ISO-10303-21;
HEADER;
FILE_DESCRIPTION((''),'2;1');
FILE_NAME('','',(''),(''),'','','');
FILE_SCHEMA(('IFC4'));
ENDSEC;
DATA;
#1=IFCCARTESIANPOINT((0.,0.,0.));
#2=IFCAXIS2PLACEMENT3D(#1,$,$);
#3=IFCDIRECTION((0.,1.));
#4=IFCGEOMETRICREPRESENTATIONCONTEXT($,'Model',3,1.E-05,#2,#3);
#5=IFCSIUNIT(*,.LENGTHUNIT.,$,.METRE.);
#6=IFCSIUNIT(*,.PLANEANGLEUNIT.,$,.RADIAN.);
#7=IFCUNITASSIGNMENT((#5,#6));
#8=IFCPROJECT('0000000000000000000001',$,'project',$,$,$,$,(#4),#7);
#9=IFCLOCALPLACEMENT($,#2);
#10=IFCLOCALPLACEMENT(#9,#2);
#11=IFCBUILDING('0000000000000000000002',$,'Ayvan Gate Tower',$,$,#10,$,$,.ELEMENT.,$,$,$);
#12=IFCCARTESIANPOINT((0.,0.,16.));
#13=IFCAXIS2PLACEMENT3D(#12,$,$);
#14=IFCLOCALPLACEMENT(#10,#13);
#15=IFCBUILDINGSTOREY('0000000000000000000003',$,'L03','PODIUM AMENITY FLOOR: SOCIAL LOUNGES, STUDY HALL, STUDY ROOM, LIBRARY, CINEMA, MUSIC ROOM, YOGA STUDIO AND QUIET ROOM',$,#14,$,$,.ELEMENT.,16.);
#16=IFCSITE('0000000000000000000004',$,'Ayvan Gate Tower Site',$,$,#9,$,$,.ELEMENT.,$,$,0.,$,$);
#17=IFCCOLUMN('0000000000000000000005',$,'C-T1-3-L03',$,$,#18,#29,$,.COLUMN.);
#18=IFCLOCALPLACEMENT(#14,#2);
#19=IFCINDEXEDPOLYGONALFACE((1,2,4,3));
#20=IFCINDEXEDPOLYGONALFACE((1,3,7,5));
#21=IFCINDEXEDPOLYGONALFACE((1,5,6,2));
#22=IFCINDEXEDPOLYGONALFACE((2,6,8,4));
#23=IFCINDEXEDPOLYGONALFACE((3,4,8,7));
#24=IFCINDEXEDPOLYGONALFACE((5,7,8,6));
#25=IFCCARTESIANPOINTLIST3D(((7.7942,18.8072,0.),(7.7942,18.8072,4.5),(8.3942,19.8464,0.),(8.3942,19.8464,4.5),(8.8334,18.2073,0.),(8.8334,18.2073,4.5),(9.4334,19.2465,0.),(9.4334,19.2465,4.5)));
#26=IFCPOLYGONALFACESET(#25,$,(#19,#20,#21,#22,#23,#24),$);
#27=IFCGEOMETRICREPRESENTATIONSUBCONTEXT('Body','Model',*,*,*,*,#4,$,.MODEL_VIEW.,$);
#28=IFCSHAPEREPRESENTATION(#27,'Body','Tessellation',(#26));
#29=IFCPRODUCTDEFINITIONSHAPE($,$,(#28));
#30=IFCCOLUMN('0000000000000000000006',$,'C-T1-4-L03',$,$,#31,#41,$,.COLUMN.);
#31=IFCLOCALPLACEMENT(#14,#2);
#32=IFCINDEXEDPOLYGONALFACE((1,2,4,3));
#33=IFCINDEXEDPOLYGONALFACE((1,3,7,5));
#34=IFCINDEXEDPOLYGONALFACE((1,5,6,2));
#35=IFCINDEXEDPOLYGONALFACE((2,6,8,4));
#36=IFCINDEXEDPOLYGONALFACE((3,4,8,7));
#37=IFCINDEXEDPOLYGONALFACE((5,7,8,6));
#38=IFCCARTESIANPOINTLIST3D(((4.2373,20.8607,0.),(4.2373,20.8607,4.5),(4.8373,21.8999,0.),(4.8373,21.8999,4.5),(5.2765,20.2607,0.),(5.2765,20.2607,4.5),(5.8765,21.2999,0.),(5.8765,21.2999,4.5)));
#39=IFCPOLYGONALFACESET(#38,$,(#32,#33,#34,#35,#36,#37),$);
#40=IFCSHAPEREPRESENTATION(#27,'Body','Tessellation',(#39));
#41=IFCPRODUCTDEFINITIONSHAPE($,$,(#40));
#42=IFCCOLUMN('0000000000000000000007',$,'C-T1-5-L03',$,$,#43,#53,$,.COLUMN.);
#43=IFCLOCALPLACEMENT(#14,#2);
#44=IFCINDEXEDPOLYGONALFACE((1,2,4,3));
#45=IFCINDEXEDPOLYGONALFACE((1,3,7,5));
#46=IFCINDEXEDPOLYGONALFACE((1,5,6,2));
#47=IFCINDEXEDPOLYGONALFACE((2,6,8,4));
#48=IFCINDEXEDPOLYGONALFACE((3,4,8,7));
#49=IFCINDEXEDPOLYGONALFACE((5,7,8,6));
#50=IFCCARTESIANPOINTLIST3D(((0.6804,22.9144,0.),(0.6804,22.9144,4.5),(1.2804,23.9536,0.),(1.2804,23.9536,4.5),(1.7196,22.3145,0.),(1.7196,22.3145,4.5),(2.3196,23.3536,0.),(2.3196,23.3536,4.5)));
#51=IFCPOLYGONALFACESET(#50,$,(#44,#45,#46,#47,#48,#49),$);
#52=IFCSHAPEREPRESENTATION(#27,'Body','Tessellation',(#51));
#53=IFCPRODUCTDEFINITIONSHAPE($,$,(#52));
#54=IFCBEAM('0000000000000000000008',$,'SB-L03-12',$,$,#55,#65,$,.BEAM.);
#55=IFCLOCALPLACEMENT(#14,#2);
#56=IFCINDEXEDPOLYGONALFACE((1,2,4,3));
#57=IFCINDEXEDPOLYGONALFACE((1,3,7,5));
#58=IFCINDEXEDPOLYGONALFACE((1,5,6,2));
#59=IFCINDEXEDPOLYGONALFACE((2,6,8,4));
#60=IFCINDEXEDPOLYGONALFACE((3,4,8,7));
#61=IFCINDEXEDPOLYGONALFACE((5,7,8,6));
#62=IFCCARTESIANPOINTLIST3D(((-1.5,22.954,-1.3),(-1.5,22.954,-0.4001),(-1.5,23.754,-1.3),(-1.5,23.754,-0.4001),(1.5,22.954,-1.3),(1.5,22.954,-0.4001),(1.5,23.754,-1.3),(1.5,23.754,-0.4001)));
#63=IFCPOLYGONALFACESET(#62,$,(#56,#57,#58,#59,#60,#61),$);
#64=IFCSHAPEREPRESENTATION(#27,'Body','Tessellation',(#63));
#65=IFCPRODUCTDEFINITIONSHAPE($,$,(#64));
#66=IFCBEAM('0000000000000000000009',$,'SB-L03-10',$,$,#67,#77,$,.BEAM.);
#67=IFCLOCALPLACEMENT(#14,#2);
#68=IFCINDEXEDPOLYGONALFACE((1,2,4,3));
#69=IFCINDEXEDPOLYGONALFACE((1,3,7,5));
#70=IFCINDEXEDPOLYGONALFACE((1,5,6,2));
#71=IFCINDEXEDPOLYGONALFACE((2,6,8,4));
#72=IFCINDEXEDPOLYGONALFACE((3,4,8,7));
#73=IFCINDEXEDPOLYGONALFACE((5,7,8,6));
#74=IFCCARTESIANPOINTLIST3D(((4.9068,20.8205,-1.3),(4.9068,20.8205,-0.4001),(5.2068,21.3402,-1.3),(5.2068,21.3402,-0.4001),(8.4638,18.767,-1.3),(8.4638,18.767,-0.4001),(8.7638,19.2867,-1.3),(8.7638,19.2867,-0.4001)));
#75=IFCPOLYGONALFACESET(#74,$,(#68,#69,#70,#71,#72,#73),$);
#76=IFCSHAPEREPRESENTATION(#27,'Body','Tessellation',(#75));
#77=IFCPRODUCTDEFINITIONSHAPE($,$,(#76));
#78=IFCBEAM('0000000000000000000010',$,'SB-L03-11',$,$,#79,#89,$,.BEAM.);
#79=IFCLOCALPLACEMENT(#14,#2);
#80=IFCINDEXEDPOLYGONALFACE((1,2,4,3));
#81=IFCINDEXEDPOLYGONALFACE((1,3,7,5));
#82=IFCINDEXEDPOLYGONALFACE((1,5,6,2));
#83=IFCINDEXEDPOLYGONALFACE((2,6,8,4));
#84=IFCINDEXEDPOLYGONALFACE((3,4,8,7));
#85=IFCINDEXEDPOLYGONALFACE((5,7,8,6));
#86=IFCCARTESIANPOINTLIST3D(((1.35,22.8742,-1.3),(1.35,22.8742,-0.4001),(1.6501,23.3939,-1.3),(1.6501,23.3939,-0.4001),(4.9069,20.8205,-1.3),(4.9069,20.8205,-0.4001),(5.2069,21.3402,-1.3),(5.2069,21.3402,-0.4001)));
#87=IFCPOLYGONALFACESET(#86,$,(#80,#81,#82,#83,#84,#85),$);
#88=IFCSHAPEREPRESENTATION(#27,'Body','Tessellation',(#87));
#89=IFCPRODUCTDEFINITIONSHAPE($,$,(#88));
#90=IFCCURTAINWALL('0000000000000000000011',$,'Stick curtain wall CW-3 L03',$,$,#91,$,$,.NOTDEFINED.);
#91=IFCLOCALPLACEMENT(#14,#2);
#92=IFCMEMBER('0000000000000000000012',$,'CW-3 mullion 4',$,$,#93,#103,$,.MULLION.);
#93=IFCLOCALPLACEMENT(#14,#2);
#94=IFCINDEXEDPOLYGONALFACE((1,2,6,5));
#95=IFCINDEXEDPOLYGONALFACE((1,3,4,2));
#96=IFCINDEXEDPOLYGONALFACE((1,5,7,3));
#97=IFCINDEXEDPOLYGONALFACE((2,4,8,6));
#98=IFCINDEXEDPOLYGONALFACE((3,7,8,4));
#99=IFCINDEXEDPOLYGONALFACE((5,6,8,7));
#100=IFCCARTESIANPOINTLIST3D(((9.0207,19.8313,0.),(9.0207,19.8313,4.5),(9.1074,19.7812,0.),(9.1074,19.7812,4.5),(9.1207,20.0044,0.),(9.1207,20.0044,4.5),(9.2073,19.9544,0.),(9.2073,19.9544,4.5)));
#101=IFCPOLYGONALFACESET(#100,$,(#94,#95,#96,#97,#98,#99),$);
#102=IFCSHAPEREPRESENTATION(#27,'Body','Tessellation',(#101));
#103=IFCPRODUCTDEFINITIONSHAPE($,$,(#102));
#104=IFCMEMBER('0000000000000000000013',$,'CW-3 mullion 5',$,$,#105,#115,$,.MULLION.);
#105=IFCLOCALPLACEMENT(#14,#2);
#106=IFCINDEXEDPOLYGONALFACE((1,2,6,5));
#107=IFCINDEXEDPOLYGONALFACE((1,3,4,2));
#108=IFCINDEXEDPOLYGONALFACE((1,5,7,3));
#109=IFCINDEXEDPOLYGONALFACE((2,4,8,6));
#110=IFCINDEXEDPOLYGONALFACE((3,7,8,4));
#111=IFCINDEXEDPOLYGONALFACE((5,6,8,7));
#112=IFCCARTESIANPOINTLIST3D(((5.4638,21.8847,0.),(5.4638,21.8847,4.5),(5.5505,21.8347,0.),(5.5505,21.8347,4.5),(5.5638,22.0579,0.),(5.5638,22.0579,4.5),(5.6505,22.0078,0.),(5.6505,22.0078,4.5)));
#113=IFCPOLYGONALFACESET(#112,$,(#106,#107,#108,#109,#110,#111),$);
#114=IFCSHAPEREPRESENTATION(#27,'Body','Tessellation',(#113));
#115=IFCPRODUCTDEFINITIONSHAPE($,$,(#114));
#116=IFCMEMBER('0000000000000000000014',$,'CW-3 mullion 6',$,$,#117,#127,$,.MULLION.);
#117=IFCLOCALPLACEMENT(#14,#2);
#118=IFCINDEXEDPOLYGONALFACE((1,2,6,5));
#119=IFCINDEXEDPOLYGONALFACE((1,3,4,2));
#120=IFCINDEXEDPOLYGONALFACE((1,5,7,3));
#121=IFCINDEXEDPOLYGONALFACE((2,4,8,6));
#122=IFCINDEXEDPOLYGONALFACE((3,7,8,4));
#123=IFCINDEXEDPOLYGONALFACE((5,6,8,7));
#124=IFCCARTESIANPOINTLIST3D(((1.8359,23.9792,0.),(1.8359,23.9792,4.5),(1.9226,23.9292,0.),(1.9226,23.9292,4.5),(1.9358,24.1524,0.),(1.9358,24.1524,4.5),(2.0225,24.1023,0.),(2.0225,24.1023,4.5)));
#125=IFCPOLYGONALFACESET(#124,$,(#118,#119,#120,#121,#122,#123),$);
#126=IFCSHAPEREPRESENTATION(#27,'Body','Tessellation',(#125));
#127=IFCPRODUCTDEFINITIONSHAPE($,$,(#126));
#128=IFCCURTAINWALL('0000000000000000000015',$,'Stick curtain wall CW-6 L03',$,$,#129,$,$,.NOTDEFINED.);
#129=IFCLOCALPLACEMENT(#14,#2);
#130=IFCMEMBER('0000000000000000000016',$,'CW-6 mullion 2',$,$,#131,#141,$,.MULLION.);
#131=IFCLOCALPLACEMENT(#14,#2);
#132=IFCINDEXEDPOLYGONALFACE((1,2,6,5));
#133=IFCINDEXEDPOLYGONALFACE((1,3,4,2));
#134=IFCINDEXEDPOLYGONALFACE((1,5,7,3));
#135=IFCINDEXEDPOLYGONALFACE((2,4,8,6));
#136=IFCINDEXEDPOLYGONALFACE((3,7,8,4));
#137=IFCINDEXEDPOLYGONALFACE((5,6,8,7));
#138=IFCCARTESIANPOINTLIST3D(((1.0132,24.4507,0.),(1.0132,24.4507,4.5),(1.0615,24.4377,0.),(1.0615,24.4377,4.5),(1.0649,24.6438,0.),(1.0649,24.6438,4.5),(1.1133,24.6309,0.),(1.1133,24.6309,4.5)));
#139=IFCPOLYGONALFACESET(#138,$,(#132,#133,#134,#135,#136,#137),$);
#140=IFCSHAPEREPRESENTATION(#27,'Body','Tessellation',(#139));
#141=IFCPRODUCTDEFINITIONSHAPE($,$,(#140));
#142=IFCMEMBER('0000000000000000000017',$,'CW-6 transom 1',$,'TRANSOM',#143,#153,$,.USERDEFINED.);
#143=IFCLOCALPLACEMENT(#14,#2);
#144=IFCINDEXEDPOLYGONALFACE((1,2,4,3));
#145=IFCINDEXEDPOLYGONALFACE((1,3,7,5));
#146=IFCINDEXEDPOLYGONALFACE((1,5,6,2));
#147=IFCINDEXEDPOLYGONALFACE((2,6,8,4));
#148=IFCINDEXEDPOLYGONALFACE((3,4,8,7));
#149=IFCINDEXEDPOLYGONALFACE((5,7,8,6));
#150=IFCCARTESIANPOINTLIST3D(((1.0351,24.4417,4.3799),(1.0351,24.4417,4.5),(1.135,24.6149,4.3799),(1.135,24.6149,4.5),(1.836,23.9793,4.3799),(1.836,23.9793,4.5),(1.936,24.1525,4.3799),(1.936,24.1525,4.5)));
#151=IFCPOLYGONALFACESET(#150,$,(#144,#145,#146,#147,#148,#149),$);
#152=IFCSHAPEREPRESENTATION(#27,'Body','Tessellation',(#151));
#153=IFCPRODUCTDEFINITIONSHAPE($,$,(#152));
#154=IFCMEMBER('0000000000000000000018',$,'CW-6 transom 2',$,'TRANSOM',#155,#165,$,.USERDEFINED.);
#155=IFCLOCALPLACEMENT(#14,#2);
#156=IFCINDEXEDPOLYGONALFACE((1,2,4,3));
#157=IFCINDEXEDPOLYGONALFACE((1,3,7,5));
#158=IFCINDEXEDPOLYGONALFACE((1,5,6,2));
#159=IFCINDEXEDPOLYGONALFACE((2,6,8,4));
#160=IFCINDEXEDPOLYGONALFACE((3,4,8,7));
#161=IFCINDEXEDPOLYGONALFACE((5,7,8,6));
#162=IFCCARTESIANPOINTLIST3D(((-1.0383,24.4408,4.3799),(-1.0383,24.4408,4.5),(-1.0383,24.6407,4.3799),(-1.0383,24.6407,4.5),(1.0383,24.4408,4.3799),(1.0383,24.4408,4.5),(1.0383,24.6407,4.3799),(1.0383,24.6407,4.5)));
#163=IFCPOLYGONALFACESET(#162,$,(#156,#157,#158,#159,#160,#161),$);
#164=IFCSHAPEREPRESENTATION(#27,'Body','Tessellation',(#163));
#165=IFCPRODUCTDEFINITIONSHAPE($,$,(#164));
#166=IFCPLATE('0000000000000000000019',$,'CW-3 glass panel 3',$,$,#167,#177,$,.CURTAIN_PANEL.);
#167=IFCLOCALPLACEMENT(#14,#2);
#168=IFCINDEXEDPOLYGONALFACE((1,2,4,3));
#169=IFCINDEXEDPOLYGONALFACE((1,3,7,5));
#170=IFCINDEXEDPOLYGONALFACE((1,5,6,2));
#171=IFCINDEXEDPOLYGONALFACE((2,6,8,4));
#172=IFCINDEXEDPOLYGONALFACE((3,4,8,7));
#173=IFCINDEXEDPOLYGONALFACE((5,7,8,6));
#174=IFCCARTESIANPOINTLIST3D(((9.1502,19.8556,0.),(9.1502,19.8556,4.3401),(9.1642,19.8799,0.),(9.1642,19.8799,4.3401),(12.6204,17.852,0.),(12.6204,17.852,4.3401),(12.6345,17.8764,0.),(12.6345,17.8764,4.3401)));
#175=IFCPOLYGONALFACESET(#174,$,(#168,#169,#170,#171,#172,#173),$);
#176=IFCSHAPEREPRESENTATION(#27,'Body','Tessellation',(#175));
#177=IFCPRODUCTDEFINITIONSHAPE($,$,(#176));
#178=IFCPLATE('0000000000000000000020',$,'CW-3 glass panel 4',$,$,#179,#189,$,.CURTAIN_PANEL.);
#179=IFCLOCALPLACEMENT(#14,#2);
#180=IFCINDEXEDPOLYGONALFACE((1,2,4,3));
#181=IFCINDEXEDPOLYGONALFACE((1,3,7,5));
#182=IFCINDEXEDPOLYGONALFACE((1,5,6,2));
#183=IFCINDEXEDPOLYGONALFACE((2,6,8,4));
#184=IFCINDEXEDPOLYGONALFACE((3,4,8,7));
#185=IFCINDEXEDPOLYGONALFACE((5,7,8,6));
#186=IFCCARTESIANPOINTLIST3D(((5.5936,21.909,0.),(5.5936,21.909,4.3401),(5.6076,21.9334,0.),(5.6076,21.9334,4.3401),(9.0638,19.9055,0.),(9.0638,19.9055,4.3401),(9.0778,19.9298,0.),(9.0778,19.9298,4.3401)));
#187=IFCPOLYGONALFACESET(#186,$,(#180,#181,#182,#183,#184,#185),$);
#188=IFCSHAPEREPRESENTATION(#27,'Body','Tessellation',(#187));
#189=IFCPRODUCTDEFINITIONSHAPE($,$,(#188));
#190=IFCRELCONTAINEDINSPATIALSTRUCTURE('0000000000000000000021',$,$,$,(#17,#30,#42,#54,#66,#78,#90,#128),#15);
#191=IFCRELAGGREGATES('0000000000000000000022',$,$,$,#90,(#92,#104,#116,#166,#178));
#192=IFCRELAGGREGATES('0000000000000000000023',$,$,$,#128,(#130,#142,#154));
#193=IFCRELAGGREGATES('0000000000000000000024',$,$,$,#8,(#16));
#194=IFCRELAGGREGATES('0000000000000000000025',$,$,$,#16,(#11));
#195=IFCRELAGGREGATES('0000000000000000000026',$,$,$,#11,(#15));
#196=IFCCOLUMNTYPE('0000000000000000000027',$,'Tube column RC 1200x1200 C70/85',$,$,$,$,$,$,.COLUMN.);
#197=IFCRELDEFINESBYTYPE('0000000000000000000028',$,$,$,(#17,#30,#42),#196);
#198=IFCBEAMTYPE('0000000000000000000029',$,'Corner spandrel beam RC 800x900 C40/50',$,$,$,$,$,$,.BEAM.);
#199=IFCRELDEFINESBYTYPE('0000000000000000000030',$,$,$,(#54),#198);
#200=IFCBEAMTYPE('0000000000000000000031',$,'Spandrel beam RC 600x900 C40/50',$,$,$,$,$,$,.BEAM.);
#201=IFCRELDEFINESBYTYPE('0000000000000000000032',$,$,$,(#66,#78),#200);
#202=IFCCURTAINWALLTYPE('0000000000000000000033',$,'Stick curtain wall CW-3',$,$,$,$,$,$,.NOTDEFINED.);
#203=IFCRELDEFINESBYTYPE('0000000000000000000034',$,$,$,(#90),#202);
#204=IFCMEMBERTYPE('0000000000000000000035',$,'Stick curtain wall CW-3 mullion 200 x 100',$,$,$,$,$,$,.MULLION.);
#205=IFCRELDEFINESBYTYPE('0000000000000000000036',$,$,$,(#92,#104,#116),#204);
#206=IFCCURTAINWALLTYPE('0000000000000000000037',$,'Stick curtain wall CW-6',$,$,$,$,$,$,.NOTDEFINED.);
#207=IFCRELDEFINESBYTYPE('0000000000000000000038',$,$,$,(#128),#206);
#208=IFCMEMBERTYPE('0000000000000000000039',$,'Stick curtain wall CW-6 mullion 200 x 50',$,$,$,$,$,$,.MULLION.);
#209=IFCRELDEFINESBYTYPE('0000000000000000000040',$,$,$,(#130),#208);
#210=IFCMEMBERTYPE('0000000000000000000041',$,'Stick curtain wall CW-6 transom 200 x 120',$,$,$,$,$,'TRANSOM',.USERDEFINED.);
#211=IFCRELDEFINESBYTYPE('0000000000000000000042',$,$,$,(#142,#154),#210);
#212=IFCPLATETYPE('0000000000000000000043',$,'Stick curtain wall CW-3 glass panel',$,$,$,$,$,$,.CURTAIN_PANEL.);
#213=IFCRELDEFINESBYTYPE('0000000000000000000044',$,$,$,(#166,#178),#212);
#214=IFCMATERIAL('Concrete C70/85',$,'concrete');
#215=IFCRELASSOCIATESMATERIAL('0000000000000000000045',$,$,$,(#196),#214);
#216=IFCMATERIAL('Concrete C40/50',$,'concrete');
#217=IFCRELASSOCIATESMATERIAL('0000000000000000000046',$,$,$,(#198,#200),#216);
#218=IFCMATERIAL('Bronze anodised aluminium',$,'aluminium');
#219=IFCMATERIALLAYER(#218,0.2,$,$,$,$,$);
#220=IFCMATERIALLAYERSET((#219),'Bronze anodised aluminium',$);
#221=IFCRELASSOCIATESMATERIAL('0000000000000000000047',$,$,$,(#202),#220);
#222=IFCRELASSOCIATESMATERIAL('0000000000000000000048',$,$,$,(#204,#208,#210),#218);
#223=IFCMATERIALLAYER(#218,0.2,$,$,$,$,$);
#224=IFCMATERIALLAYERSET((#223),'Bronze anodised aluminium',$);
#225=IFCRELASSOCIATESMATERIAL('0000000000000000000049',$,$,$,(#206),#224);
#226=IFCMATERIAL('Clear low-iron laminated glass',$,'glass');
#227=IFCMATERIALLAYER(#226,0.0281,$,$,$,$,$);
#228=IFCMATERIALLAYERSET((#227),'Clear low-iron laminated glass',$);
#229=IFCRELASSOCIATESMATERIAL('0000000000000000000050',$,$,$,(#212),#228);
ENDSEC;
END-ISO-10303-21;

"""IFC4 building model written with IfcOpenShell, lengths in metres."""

from ifc_helpers import new_model, si_unit, direction, frame, origin, origin_2d, place, context, subcontext, project, spatial, rectangle, extrude, material, layer, layer_set, material_profile, profile_set, type_object, element, aggregate, save


model = new_model("IFC4")

# Units and contexts
model_context = context("Model", 3, precision=1e-05, world=origin(), true_north=direction((0.0, 1.0)))
body_context = subcontext(model_context, "Body", "Model", "MODEL_VIEW")
ifc_project = project(units=[si_unit("LENGTHUNIT", "METRE"), si_unit("PLANEANGLEUNIT", "RADIAN")], contexts=[model_context])

# Site, building, storey
site_placement = place(None, origin())
site = spatial("IfcSite", under=ifc_project, at=site_placement, Name="Ayvan Gate Tower Site", CompositionType="ELEMENT", RefElevation=0.0)
building_placement = place(site_placement, origin())
building = spatial("IfcBuilding", under=site, at=building_placement, Name="Ayvan Gate Tower", CompositionType="ELEMENT")
storey_placement = place(building_placement, frame((0.0, 0.0, 16.0)))
storey = spatial("IfcBuildingStorey", under=building, at=storey_placement, Name="L03", Description="PODIUM AMENITY FLOOR: SOCIAL LOUNGES, STUDY HALL, STUDY ROOM, LIBRARY, CINEMA, MUSIC ROOM, YOGA STUDIO AND QUIET ROOM", CompositionType="ELEMENT", Elevation=16.0)

# Columns
ifc_material_1 = material(Name="Concrete C70/85", Category="concrete")
ifc_material_profile_1 = material_profile(ifc_material_1, rectangle(XDim=1.2, YDim=1.2, at=origin_2d()), Name="RC 1200x1200")
ifc_profile_set_1 = profile_set([ifc_material_profile_1], Name="Concrete C70/85")
column_type = type_object("IfcColumnType", Name="Tube column RC 1200x1200 C70/85", PredefinedType="COLUMN", material=ifc_profile_set_1)
for number, where, z_axis, x_axis, name in (
    (1, (8.6138, 19.0269, 0.0), (0.0, 0.0, 1.0), (0.5, 0.866025, 0.0), "C-T1-3-L03"),
    (2, (5.0569, 21.0803, 0.0), (0.0, 0.0, 1.0), (0.5, 0.866025, 0.0), "C-T1-4-L03"),
    (3, (1.5, 23.134, 0.0), (0.0, 0.0, 1.0), (0.5, 0.866025, 0.0), "C-T1-5-L03"),
):
    element("IfcColumn", number, at=place(storey_placement, frame(where, z_axis=z_axis, x_axis=x_axis)), inside=storey, type_object=column_type, Name=name, PredefinedType="COLUMN", context=body_context, shape_type="SweptSolid", body=[
        extrude(rectangle(XDim=1.2, YDim=1.2, at=origin_2d()), origin(), (0.0, 0.0, 1.0), 4.5),
    ])

# Beams
ifc_material_2 = material(Name="Concrete C40/50", Category="concrete")
ifc_material_profile_2 = material_profile(ifc_material_2, rectangle(XDim=0.8, YDim=0.8999, at=origin_2d()), Name="RC 800x900")
ifc_profile_set_2 = profile_set([ifc_material_profile_2], Name="Concrete C40/50")
beam_type_1 = type_object("IfcBeamType", Name="Corner spandrel beam RC 800x900 C40/50", PredefinedType="BEAM", material=ifc_profile_set_2)
beam_placement = place(storey_placement, frame((1.5, 23.354, -0.8501), z_axis=(-1.0, 0.0, 0.0), x_axis=(0.0, -1.0, 0.0)))
element("IfcBeam", 4, at=beam_placement, inside=storey, type_object=beam_type_1, Name="SB-L03-12", PredefinedType="BEAM", context=body_context, shape_type="SweptSolid", body=[
    extrude(rectangle(XDim=0.8, YDim=0.8999, at=origin_2d()), origin(), (0.0, 0.0, 1.0), 3.0),
])
ifc_material_profile_3 = material_profile(ifc_material_2, rectangle(XDim=0.6001, YDim=0.8999, at=origin_2d()), Name="RC 600x900")
ifc_profile_set_3 = profile_set([ifc_material_profile_3], Name="Concrete C40/50")
beam_type_2 = type_object("IfcBeamType", Name="Spandrel beam RC 600x900 C40/50", PredefinedType="BEAM", material=ifc_profile_set_3)
for number, where, z_axis, x_axis, name in (
    (5, (8.6138, 19.0269, -0.8501), (-0.866036, 0.499981, 0.0), (-0.499981, -0.866036, 0.0), "SB-L03-10"),
    (6, (5.0569, 21.0803, -0.8501), (-0.86601, 0.500026, 0.0), (-0.500026, -0.86601, 0.0), "SB-L03-11"),
):
    element("IfcBeam", number, at=place(storey_placement, frame(where, z_axis=z_axis, x_axis=x_axis)), inside=storey, type_object=beam_type_2, Name=name, PredefinedType="BEAM", context=body_context, shape_type="SweptSolid", body=[
        extrude(rectangle(XDim=0.6001, YDim=0.8999, at=origin_2d()), origin(), (0.0, 0.0, 1.0), 4.1072),
    ])

# Curtain walls, members
ifc_material_3 = material(Name="Bronze anodised aluminium", Category="aluminium")
ifc_layer_1 = layer(ifc_material_3, 0.2)
ifc_layer_set_1 = layer_set([ifc_layer_1], Name="Bronze anodised aluminium")
curtain_wall_type_1 = type_object("IfcCurtainWallType", Name="Stick curtain wall CW-3", PredefinedType="NOTDEFINED", material=ifc_layer_set_1)
curtain_wall_1_placement = place(storey_placement, origin())
curtain_wall_1 = element("IfcCurtainWall", 7, at=curtain_wall_1_placement, inside=storey, type_object=curtain_wall_type_1, Name="Stick curtain wall CW-3 L03", PredefinedType="NOTDEFINED")
ifc_material_profile_4 = material_profile(ifc_material_3, rectangle(XDim=0.2, YDim=0.1001, at=origin_2d()), Name="Stick curtain wall CW-3 mullion 200 x 100")
ifc_profile_set_4 = profile_set([ifc_material_profile_4], Name="Bronze anodised aluminium")
member_type_1 = type_object("IfcMemberType", Name="Stick curtain wall CW-3 mullion 200 x 100", PredefinedType="MULLION", material=ifc_profile_set_4)
member_1_placement = place(storey_placement, frame((9.114, 19.8928, 0.0), z_axis=(0.0, 0.0, 1.0), x_axis=(0.5, 0.866025, 0.0)))
member_1 = element("IfcMember", 8, at=member_1_placement, type_object=member_type_1, Name="CW-3 mullion 4", PredefinedType="MULLION", context=body_context, shape_type="SweptSolid", body=[
    extrude(rectangle(XDim=0.2, YDim=0.1001, at=origin_2d()), origin(), (0.0, 0.0, 1.0), 4.5),
])
member_2_placement = place(storey_placement, frame((5.5571, 21.9463, 0.0), z_axis=(0.0, 0.0, 1.0), x_axis=(0.5, 0.866025, 0.0)))
member_2 = element("IfcMember", 9, at=member_2_placement, type_object=member_type_1, Name="CW-3 mullion 5", PredefinedType="MULLION", context=body_context, shape_type="SweptSolid", body=[
    extrude(rectangle(XDim=0.2, YDim=0.1001, at=origin_2d()), origin(), (0.0, 0.0, 1.0), 4.5),
])
member_3_placement = place(storey_placement, frame((1.9292, 24.0408, 0.0), z_axis=(0.0, 0.0, 1.0), x_axis=(0.5, 0.866025, 0.0)))
member_3 = element("IfcMember", 10, at=member_3_placement, type_object=member_type_1, Name="CW-3 mullion 6", PredefinedType="MULLION", context=body_context, shape_type="SweptSolid", body=[
    extrude(rectangle(XDim=0.2, YDim=0.1001, at=origin_2d()), origin(), (0.0, 0.0, 1.0), 4.5),
])
ifc_layer_2 = layer(ifc_material_3, 0.2)
ifc_layer_set_2 = layer_set([ifc_layer_2], Name="Bronze anodised aluminium")
curtain_wall_type_2 = type_object("IfcCurtainWallType", Name="Stick curtain wall CW-6", PredefinedType="NOTDEFINED", material=ifc_layer_set_2)
curtain_wall_2_placement = place(storey_placement, origin())
curtain_wall_2 = element("IfcCurtainWall", 11, at=curtain_wall_2_placement, inside=storey, type_object=curtain_wall_type_2, Name="Stick curtain wall CW-6 L03", PredefinedType="NOTDEFINED")
ifc_material_profile_5 = material_profile(ifc_material_3, rectangle(XDim=0.2, YDim=0.05, at=origin_2d()), Name="Stick curtain wall CW-6 mullion 200 x 50")
ifc_profile_set_5 = profile_set([ifc_material_profile_5], Name="Bronze anodised aluminium")
member_type_2 = type_object("IfcMemberType", Name="Stick curtain wall CW-6 mullion 200 x 50", PredefinedType="MULLION", material=ifc_profile_set_5)
member_4_placement = place(storey_placement, frame((1.0632, 24.5408, 0.0), z_axis=(0.0, 0.0, 1.0), x_axis=(0.258819, 0.965926, 0.0)))
member_4 = element("IfcMember", 12, at=member_4_placement, type_object=member_type_2, Name="CW-6 mullion 2", PredefinedType="MULLION", context=body_context, shape_type="SweptSolid", body=[
    extrude(rectangle(XDim=0.2, YDim=0.05, at=origin_2d()), origin(), (0.0, 0.0, 1.0), 4.5),
])
ifc_material_profile_6 = material_profile(ifc_material_3, rectangle(XDim=0.2, YDim=0.1201, at=origin_2d()), Name="Stick curtain wall CW-6 transom 200 x 120")
ifc_profile_set_6 = profile_set([ifc_material_profile_6], Name="Bronze anodised aluminium")
member_type_3 = type_object("IfcMemberType", Name="Stick curtain wall CW-6 transom 200 x 120", ElementType="TRANSOM", PredefinedType="USERDEFINED", material=ifc_profile_set_6)
member_5_placement = place(storey_placement, frame((1.886, 24.0659, 4.4399), z_axis=(-0.866058, 0.499943, 0.0), x_axis=(-0.499943, -0.866058, 0.0)))
member_5 = element("IfcMember", 13, at=member_5_placement, type_object=member_type_3, Name="CW-6 transom 1", ObjectType="TRANSOM", PredefinedType="USERDEFINED", context=body_context, shape_type="SweptSolid", body=[
    extrude(rectangle(XDim=0.2, YDim=0.1201, at=origin_2d()), origin(), (0.0, 0.0, 1.0), 0.9248),
])
member_6_placement = place(storey_placement, frame((1.0383, 24.5408, 4.4399), z_axis=(-1.0, 0.0, 0.0), x_axis=(0.0, -1.0, 0.0)))
member_6 = element("IfcMember", 14, at=member_6_placement, type_object=member_type_3, Name="CW-6 transom 2", ObjectType="TRANSOM", PredefinedType="USERDEFINED", context=body_context, shape_type="SweptSolid", body=[
    extrude(rectangle(XDim=0.2, YDim=0.1201, at=origin_2d()), origin(), (0.0, 0.0, 1.0), 2.0767),
])

# Plates
ifc_material_4 = material(Name="Clear low-iron laminated glass", Category="glass")
ifc_layer_3 = layer(ifc_material_4, 0.0281)
ifc_layer_set_3 = layer_set([ifc_layer_3], Name="Clear low-iron laminated glass")
plate_type_1 = type_object("IfcPlateType", Name="Stick curtain wall CW-3 glass panel", PredefinedType="CURTAIN_PANEL", material=ifc_layer_set_3)
plate_1_placement = place(storey_placement, frame((10.8923, 18.866, 0.0), z_axis=(0.0, 0.0, 1.0), x_axis=(-0.866025, 0.5, 0.0)))
plate_1 = element("IfcPlate", 15, at=plate_1_placement, type_object=plate_type_1, Name="CW-3 glass panel 3", PredefinedType="CURTAIN_PANEL", context=body_context, shape_type="SweptSolid", body=[
    extrude(rectangle(XDim=4.0071, YDim=0.0281, at=origin_2d()), origin(), (0.0, 0.0, 1.0), 4.3401),
])
plate_2_placement = place(storey_placement, frame((7.3357, 20.9194, 0.0), z_axis=(0.0, 0.0, 1.0), x_axis=(-0.866025, 0.5, 0.0)))
plate_2 = element("IfcPlate", 16, at=plate_2_placement, type_object=plate_type_1, Name="CW-3 glass panel 4", PredefinedType="CURTAIN_PANEL", context=body_context, shape_type="SweptSolid", body=[
    extrude(rectangle(XDim=4.0071, YDim=0.0281, at=origin_2d()), origin(), (0.0, 0.0, 1.0), 4.3401),
])
aggregate(curtain_wall_1, [member_1, member_2, member_3, plate_1, plate_2])
aggregate(curtain_wall_2, [member_4, member_5, member_6])

save(model, "model.ifc")
